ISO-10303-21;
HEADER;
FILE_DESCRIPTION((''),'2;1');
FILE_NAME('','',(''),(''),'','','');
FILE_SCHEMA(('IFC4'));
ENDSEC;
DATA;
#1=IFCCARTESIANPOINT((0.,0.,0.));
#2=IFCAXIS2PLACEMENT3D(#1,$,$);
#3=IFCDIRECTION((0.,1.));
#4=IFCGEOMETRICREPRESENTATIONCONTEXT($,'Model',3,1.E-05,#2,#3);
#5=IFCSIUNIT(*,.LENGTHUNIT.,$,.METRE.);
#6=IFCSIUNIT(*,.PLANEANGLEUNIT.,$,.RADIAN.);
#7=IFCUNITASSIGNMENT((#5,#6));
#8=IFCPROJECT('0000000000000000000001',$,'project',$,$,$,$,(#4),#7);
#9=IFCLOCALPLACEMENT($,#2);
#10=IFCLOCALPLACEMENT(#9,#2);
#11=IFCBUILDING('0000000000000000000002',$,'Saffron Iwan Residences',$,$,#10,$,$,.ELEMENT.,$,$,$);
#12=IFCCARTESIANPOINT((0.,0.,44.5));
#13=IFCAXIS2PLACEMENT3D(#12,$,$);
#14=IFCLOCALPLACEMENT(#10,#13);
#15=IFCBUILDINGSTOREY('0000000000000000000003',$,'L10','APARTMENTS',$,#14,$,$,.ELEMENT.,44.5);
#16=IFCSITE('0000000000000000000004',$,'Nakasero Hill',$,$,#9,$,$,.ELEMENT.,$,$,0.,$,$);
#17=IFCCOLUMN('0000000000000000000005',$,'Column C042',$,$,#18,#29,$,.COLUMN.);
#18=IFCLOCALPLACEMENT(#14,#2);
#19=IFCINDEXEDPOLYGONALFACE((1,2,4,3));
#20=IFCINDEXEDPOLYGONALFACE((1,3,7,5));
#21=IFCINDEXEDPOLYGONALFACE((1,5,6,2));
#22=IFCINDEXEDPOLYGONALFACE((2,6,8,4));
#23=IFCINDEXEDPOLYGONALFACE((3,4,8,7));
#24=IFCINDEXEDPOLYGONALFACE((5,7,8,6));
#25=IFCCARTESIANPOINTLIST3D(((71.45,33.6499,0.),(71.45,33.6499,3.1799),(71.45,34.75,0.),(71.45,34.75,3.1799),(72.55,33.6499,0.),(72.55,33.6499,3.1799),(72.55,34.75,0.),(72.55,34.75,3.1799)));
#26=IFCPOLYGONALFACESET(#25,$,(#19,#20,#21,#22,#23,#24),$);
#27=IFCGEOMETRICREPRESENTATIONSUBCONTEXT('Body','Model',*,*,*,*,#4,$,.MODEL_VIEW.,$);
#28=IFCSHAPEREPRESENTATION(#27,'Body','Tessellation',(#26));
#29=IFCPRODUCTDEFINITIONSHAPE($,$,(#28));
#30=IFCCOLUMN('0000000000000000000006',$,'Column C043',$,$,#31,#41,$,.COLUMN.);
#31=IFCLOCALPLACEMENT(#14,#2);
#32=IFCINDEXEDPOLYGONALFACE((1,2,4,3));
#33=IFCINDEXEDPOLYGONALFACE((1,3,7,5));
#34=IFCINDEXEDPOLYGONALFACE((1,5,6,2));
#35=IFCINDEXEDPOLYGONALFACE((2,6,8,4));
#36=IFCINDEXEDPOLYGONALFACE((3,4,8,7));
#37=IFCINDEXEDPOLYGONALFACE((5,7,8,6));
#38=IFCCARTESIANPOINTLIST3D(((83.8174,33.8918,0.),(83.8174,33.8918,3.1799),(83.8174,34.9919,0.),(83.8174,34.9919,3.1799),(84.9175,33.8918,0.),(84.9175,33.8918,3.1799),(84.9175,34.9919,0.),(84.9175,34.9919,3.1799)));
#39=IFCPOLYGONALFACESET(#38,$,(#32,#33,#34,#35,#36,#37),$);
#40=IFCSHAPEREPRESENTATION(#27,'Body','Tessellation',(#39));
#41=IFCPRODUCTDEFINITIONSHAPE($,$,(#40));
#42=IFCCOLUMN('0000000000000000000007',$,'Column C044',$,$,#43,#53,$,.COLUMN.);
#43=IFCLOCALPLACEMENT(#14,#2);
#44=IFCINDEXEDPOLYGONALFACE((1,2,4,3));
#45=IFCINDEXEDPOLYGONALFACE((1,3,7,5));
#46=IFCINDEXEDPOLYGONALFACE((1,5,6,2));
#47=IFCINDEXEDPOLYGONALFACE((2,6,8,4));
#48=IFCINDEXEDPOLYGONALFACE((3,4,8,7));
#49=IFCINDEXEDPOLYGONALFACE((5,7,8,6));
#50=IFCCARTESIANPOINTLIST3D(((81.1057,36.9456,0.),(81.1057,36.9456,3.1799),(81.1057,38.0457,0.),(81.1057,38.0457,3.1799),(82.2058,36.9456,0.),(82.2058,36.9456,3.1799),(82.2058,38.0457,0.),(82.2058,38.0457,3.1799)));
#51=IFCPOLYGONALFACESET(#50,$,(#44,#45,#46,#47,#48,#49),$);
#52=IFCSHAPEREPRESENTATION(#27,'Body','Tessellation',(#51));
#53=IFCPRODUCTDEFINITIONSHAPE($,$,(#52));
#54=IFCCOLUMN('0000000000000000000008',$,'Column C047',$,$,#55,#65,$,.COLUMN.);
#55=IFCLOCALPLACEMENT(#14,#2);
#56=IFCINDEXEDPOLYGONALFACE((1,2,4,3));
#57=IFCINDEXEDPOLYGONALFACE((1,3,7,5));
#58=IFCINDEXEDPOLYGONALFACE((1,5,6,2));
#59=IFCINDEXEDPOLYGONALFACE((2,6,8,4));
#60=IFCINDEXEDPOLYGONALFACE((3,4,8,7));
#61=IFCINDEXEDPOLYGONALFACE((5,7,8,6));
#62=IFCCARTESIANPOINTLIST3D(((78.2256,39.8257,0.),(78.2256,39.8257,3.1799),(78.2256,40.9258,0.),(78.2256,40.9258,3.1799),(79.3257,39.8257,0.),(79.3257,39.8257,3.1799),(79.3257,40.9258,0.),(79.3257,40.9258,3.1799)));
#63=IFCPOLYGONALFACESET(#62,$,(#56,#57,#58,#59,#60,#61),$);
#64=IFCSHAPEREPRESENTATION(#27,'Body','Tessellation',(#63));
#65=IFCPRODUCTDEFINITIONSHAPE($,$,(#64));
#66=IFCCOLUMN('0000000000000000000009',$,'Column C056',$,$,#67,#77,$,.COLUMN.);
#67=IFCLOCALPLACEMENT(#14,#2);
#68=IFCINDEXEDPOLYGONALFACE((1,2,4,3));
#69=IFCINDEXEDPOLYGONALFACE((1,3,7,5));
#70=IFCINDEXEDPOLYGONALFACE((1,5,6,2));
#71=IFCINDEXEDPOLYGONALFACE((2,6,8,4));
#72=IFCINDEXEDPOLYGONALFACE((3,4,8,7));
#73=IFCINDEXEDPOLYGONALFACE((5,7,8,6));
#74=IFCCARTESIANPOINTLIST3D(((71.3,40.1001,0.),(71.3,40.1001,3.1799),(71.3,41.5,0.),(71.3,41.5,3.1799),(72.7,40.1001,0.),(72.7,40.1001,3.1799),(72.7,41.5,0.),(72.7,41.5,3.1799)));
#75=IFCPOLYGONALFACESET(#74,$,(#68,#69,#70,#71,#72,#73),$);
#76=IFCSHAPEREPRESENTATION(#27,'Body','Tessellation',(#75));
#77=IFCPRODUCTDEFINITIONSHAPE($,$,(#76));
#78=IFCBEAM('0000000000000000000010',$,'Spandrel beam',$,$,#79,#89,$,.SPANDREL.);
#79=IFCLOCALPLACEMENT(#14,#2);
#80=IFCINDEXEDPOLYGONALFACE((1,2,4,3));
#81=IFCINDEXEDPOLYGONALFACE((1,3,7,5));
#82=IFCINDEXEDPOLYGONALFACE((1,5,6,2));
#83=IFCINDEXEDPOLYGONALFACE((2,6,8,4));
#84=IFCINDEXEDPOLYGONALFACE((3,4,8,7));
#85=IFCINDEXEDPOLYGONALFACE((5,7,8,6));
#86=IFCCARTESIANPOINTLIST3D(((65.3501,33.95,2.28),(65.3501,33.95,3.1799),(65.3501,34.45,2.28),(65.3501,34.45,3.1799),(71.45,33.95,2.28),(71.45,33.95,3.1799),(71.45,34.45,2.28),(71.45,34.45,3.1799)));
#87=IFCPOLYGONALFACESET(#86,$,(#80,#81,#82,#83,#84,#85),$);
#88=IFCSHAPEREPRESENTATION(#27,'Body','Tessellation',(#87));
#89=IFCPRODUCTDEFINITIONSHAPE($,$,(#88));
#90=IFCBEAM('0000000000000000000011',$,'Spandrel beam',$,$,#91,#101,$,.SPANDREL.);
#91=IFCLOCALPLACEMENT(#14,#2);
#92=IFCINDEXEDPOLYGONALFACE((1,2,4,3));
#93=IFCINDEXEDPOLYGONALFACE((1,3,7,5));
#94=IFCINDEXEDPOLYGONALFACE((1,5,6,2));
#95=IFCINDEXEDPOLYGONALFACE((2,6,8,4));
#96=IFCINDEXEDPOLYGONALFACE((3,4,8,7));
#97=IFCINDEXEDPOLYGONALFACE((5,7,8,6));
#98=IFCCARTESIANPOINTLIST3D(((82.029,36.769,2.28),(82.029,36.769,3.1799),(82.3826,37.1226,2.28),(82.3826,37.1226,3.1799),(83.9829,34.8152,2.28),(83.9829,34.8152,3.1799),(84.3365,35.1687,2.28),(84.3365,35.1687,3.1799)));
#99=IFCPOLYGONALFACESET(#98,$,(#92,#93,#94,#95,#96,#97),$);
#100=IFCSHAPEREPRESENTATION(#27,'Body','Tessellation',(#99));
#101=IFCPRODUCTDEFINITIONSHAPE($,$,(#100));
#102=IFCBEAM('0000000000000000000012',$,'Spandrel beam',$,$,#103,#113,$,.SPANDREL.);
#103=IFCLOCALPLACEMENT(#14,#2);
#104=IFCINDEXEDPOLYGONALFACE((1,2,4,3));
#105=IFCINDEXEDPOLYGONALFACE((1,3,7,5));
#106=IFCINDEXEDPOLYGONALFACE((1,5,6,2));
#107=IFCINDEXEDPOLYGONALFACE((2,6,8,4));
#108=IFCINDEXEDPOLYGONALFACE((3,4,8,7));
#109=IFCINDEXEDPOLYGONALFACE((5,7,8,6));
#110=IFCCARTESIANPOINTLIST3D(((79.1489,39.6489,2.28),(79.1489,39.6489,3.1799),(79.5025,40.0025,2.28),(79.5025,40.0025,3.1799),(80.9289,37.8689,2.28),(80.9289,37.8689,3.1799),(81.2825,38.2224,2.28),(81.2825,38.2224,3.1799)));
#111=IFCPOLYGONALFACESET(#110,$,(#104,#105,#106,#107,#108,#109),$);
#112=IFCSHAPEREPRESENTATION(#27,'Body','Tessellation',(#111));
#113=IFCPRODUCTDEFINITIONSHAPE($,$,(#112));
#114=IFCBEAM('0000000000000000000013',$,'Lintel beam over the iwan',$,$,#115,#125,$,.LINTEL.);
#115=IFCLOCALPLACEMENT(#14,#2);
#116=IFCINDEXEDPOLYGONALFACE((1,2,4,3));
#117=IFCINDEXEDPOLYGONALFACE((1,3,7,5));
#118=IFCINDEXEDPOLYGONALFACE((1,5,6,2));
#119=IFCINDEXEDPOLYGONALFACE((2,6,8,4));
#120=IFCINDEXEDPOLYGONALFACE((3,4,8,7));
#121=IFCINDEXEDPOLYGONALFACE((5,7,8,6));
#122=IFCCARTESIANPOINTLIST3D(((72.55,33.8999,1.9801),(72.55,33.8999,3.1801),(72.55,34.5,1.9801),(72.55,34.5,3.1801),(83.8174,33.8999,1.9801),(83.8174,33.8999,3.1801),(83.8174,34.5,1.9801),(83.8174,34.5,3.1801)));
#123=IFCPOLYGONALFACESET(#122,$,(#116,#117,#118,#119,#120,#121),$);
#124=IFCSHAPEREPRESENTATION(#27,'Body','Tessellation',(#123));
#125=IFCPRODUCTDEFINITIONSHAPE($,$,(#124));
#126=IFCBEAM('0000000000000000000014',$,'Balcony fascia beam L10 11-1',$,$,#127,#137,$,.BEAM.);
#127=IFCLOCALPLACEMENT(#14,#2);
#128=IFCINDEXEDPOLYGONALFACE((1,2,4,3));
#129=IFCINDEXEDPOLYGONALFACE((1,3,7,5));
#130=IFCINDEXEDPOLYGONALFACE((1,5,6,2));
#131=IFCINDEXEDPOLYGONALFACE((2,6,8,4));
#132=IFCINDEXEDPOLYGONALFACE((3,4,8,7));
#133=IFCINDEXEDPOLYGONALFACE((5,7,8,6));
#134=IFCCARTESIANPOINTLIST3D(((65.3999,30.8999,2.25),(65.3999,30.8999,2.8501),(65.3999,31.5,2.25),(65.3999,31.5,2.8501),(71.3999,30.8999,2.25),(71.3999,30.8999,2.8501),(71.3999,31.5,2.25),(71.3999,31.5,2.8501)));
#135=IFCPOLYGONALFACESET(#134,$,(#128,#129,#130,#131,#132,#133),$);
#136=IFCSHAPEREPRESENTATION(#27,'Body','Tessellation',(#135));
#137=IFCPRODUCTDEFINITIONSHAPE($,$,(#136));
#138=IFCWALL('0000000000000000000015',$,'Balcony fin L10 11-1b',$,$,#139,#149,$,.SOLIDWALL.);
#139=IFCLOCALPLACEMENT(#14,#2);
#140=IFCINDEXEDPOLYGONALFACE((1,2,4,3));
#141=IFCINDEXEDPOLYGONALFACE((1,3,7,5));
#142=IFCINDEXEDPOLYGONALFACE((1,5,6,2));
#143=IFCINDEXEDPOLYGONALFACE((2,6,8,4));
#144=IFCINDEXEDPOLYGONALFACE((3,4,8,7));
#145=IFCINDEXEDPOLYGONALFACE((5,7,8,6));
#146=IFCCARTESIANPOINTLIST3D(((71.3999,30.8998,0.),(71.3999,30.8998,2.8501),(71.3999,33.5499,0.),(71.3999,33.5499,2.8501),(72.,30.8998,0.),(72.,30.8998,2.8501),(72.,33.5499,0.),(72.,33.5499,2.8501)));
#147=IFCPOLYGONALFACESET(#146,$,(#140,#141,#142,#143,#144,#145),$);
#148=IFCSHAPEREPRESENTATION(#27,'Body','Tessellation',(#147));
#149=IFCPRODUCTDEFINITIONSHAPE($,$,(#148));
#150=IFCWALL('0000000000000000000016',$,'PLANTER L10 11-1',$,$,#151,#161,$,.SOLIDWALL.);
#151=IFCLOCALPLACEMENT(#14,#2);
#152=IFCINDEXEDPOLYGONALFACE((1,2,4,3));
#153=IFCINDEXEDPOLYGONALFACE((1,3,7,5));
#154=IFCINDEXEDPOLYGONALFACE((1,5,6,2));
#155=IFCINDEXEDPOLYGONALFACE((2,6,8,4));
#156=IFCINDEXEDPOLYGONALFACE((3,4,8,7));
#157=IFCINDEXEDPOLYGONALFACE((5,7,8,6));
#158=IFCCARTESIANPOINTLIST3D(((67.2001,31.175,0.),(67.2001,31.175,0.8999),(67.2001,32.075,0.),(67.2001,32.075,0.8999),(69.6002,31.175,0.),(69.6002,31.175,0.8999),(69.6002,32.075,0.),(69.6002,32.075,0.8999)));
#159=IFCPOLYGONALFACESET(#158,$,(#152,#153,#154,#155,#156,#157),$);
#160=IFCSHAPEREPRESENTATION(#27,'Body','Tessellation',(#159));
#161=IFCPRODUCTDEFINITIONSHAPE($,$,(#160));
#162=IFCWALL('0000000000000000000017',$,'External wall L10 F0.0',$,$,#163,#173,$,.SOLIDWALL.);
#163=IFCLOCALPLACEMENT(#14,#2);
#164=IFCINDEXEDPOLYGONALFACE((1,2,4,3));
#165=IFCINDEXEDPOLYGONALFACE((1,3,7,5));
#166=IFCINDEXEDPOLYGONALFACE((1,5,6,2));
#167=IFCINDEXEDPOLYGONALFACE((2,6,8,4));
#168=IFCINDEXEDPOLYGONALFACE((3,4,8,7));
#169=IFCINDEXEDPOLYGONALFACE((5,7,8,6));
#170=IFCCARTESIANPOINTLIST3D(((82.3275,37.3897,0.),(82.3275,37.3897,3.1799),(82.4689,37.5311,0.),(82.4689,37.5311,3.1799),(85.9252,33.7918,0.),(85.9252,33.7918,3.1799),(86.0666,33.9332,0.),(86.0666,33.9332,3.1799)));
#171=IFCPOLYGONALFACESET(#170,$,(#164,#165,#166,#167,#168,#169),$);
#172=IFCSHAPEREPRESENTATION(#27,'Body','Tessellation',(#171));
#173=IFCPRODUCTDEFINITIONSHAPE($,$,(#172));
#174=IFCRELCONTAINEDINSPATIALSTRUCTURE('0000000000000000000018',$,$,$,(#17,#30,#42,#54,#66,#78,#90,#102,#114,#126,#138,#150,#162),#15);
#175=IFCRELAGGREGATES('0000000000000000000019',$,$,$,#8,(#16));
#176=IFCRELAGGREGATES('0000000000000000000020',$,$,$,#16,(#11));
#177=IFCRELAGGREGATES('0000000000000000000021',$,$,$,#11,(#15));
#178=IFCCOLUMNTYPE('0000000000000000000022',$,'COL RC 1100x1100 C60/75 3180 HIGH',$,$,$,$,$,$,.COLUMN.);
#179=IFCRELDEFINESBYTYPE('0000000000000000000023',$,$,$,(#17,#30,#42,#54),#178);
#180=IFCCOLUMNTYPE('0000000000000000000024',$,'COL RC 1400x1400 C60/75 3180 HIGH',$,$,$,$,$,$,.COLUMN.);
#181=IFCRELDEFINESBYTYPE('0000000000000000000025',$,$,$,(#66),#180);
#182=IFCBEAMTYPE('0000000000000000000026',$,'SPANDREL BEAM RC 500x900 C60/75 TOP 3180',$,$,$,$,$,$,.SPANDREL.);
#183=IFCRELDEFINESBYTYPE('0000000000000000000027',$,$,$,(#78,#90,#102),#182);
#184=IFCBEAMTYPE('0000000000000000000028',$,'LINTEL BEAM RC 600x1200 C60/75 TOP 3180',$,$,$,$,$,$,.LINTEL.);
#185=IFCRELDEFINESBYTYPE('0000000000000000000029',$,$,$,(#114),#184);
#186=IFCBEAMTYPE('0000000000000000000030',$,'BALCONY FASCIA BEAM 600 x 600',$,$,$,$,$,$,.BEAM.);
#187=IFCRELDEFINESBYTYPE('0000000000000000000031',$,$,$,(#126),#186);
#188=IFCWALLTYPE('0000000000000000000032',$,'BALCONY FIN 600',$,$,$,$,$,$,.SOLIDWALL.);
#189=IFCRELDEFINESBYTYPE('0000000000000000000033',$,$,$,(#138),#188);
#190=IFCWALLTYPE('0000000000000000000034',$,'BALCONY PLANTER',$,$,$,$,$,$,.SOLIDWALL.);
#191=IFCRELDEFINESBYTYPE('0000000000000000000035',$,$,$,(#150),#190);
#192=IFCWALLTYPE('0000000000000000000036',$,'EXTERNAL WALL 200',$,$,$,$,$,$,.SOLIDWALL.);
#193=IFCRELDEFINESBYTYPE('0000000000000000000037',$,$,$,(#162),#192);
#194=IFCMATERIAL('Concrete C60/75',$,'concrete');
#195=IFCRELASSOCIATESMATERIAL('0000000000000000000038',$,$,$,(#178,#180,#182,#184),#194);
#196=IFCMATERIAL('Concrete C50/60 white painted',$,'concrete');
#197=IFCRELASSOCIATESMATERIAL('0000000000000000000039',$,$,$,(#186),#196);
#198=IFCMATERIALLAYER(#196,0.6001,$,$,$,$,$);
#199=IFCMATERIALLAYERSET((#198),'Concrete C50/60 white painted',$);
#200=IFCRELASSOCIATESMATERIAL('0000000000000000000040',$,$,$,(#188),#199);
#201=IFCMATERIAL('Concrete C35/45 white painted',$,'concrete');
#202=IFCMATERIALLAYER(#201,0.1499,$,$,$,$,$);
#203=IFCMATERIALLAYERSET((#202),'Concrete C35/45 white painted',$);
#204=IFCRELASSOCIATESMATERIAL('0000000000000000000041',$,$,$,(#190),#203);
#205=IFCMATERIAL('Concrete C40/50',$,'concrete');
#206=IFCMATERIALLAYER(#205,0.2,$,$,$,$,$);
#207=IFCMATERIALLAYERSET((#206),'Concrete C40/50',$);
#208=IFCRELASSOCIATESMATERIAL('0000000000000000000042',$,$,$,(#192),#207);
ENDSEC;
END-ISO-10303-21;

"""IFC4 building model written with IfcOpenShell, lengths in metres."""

from ifc_helpers import new_model, si_unit, direction, frame, frame_2d, origin, origin_2d, place, context, subcontext, project, spatial, rectangle, extrude, source, transform, mapped, material, layer, layer_set, material_profile, profile_set, type_object, element, save


model = new_model("IFC4")

# Units and contexts
model_context = context("Model", 3, precision=1e-05, world=origin(), true_north=direction((0.0, 1.0)))
body_context = subcontext(model_context, "Body", "Model", "MODEL_VIEW")
ifc_project = project(units=[si_unit("LENGTHUNIT", "METRE"), si_unit("PLANEANGLEUNIT", "RADIAN")], contexts=[model_context])

# Site, building, storey
site_placement = place(None, origin())
site = spatial("IfcSite", under=ifc_project, at=site_placement, Name="Nakasero Hill", CompositionType="ELEMENT", RefElevation=0.0)
building_placement = place(site_placement, origin())
building = spatial("IfcBuilding", under=site, at=building_placement, Name="Saffron Iwan Residences", CompositionType="ELEMENT")
storey_placement = place(building_placement, frame((0.0, 0.0, 44.5)))
storey = spatial("IfcBuildingStorey", under=building, at=storey_placement, Name="L10", Description="APARTMENTS", CompositionType="ELEMENT", Elevation=44.5)

# Columns
ifc_material_1 = material(Name="Concrete C60/75", Category="concrete")
ifc_material_profile_1 = material_profile(ifc_material_1, rectangle(XDim=1.1001, YDim=1.1001, at=origin_2d()), Name="RC 1100x1100")
ifc_profile_set_1 = profile_set([ifc_material_profile_1], Name="Concrete C60/75")
column_type_1 = type_object("IfcColumnType", Name="COL RC 1100x1100 C60/75 3180 HIGH", PredefinedType="COLUMN", material=ifc_profile_set_1)
shared_shape_1 = source(origin(), body_context, "Body", "SweptSolid", [
    extrude(rectangle(XDim=1.1001, YDim=1.1001, at=origin_2d()), origin(), (0.0, 0.0, 1.0), 3.1799),
])
for number, where, z_axis, x_axis, name in (
    (1, (72.0, 34.2, 0.0), (0.0, 0.0, 1.0), (1.0, 0.0, 0.0), "Column C042"),
    (2, (84.3674, 34.4419, 0.0), (0.0, 0.0, 1.0), (1.0, 0.0, 0.0), "Column C043"),
    (3, (81.6558, 37.4956, 0.0), (0.0, 0.0, 1.0), (1.0, 0.0, 0.0), "Column C044"),
    (4, (78.7756, 40.3757, 0.0), (0.0, 0.0, 1.0), (1.0, 0.0, 0.0), "Column C047"),
):
    element("IfcColumn", number, at=place(storey_placement, frame(where, z_axis=z_axis, x_axis=x_axis)), inside=storey, type_object=column_type_1, Name=name, PredefinedType="COLUMN", context=body_context, shape_type="MappedRepresentation", body=[
        mapped(shared_shape_1, transform((0.0, 0.0, 0.0))),
    ])
ifc_material_profile_2 = material_profile(ifc_material_1, rectangle(XDim=1.3999, YDim=1.3999, at=origin_2d()), Name="RC 1400x1400")
ifc_profile_set_2 = profile_set([ifc_material_profile_2], Name="Concrete C60/75")
column_type_2 = type_object("IfcColumnType", Name="COL RC 1400x1400 C60/75 3180 HIGH", PredefinedType="COLUMN", material=ifc_profile_set_2)
shared_shape_2 = source(origin(), body_context, "Body", "SweptSolid", [
    extrude(rectangle(XDim=1.3999, YDim=1.3999, at=origin_2d()), origin(), (0.0, 0.0, 1.0), 3.1799),
])
column_placement = place(storey_placement, frame((72.0, 40.8, 0.0), z_axis=(0.0, 0.0, 1.0), x_axis=(1.0, 0.0, 0.0)))
element("IfcColumn", 5, at=column_placement, inside=storey, type_object=column_type_2, Name="Column C056", PredefinedType="COLUMN", context=body_context, shape_type="MappedRepresentation", body=[
    mapped(shared_shape_2, transform((0.0, 0.0, 0.0))),
])

# Beams
ifc_material_profile_3 = material_profile(ifc_material_1, rectangle(XDim=0.5, YDim=0.8999, at=origin_2d()), Name="RC 500x900")
ifc_profile_set_3 = profile_set([ifc_material_profile_3], Name="Concrete C60/75")
beam_type_1 = type_object("IfcBeamType", Name="SPANDREL BEAM RC 500x900 C60/75 TOP 3180", PredefinedType="SPANDREL", material=ifc_profile_set_3)
shared_shape_3 = source(origin(), body_context, "Body", "SweptSolid", [
    extrude(rectangle(XDim=0.5, YDim=0.8999, at=origin_2d()), origin(), (0.0, 0.0, 1.0), 6.0999),
])
beam_1_placement = place(storey_placement, frame((71.45, 34.2, 2.73), z_axis=(-1.0, 0.0, 0.0), x_axis=(0.0, -1.0, 0.0)))
element("IfcBeam", 6, at=beam_1_placement, inside=storey, type_object=beam_type_1, Name="Spandrel beam", PredefinedType="SPANDREL", context=body_context, shape_type="MappedRepresentation", body=[
    mapped(shared_shape_3, transform((0.0, 0.0, 0.0))),
])
shared_shape_4 = source(origin(), body_context, "Body", "SweptSolid", [
    extrude(rectangle(XDim=0.5, YDim=0.8999, at=origin_2d()), origin(), (0.0, 0.0, 1.0), 2.7632),
])
beam_2_placement = place(storey_placement, frame((82.2058, 36.9458, 2.73), z_axis=(0.707107, -0.707107, 0.0), x_axis=(0.707107, 0.707107, 0.0)))
element("IfcBeam", 7, at=beam_2_placement, inside=storey, type_object=beam_type_1, Name="Spandrel beam", PredefinedType="SPANDREL", context=body_context, shape_type="MappedRepresentation", body=[
    mapped(shared_shape_4, transform((0.0, 0.0, 0.0))),
])
shared_shape_5 = source(origin(), body_context, "Body", "SweptSolid", [
    extrude(rectangle(XDim=0.5, YDim=0.8999, at=origin_2d()), origin(), (0.0, 0.0, 1.0), 2.5173),
])
beam_3_placement = place(storey_placement, frame((79.3257, 39.8257, 2.73), z_axis=(0.707107, -0.707107, 0.0), x_axis=(0.707107, 0.707107, 0.0)))
element("IfcBeam", 8, at=beam_3_placement, inside=storey, type_object=beam_type_1, Name="Spandrel beam", PredefinedType="SPANDREL", context=body_context, shape_type="MappedRepresentation", body=[
    mapped(shared_shape_5, transform((0.0, 0.0, 0.0))),
])
ifc_material_profile_4 = material_profile(ifc_material_1, rectangle(XDim=0.6001, YDim=1.2, at=origin_2d()), Name="RC 600x1200")
ifc_profile_set_4 = profile_set([ifc_material_profile_4], Name="Concrete C60/75")
beam_type_2 = type_object("IfcBeamType", Name="LINTEL BEAM RC 600x1200 C60/75 TOP 3180", PredefinedType="LINTEL", material=ifc_profile_set_4)
shared_shape_6 = source(origin(), body_context, "Body", "SweptSolid", [
    extrude(rectangle(XDim=0.6001, YDim=1.2, at=origin_2d()), origin(), (0.0, 0.0, 1.0), 11.2673),
])
beam_4_placement = place(storey_placement, frame((83.8174, 34.2, 2.5801), z_axis=(-1.0, 0.0, 0.0), x_axis=(0.0, -1.0, 0.0)))
element("IfcBeam", 9, at=beam_4_placement, inside=storey, type_object=beam_type_2, Name="Lintel beam over the iwan", PredefinedType="LINTEL", context=body_context, shape_type="MappedRepresentation", body=[
    mapped(shared_shape_6, transform((0.0, 0.0, 0.0))),
])
ifc_material_2 = material(Name="Concrete C50/60 white painted", Category="concrete")
ifc_material_profile_5 = material_profile(ifc_material_2, rectangle(XDim=0.6001, YDim=0.6001, at=origin_2d()), Name="BALCONY FASCIA BEAM 600 x 600")
ifc_profile_set_5 = profile_set([ifc_material_profile_5], Name="Concrete C50/60 white painted")
beam_type_3 = type_object("IfcBeamType", Name="BALCONY FASCIA BEAM 600 x 600", PredefinedType="BEAM", material=ifc_profile_set_5)
shared_shape_7 = source(origin(), body_context, "Body", "SweptSolid", [
    extrude(rectangle(XDim=0.6001, YDim=0.6001, at=origin_2d()), origin(), (0.0, 0.0, 1.0), 6.0),
])
beam_5_placement = place(storey_placement, frame((65.3999, 31.2, 2.55), z_axis=(1.0, 0.0, 0.0), x_axis=(0.0, 1.0, 0.0)))
element("IfcBeam", 10, at=beam_5_placement, inside=storey, type_object=beam_type_3, Name="Balcony fascia beam L10 11-1", PredefinedType="BEAM", context=body_context, shape_type="MappedRepresentation", body=[
    mapped(shared_shape_7, transform((0.0, 0.0, 0.0))),
])

# Walls
ifc_layer_1 = layer(ifc_material_2, 0.6001)
ifc_layer_set_1 = layer_set([ifc_layer_1], Name="Concrete C50/60 white painted")
wall_type_1 = type_object("IfcWallType", Name="BALCONY FIN 600", PredefinedType="SOLIDWALL", material=ifc_layer_set_1)
wall_1_placement = place(storey_placement, frame((71.7, 33.55, 0.0), z_axis=(0.0, 0.0, 1.0), x_axis=(0.0, -1.0, 0.0)))
element("IfcWall", 11, at=wall_1_placement, inside=storey, type_object=wall_type_1, Name="Balcony fin L10 11-1b", PredefinedType="SOLIDWALL", context=body_context, shape_type="SweptSolid", body=[
    extrude(rectangle(XDim=2.6501, YDim=0.6001, at=frame_2d((1.3252, 0.0))), origin(), (0.0, 0.0, 1.0), 2.8501),
])
ifc_material_3 = material(Name="Concrete C35/45 white painted", Category="concrete")
ifc_layer_2 = layer(ifc_material_3, 0.1499)
ifc_layer_set_2 = layer_set([ifc_layer_2], Name="Concrete C35/45 white painted")
wall_type_2 = type_object("IfcWallType", Name="BALCONY PLANTER", PredefinedType="SOLIDWALL", material=ifc_layer_set_2)
wall_2_placement = place(storey_placement, frame((67.2, 31.625, 0.0), z_axis=(0.0, 0.0, 1.0), x_axis=(1.0, 0.0, 0.0)))
element("IfcWall", 12, at=wall_2_placement, inside=storey, type_object=wall_type_2, Name="PLANTER L10 11-1", PredefinedType="SOLIDWALL", context=body_context, shape_type="SweptSolid", body=[
    extrude(rectangle(XDim=2.4001, YDim=0.8999, at=frame_2d((1.2002, 0.0))), origin(), (0.0, 0.0, 1.0), 0.8999),
])
ifc_material_4 = material(Name="Concrete C40/50", Category="concrete")
ifc_layer_3 = layer(ifc_material_4, 0.2)
ifc_layer_set_3 = layer_set([ifc_layer_3], Name="Concrete C40/50")
wall_type_3 = type_object("IfcWallType", Name="EXTERNAL WALL 200", PredefinedType="SOLIDWALL", material=ifc_layer_set_3)
wall_3_placement = place(storey_placement, frame((85.9958, 33.8625, 0.0), z_axis=(0.0, 0.0, 1.0), x_axis=(-0.707083, 0.707131, 0.0)))
element("IfcWall", 13, at=wall_3_placement, inside=storey, type_object=wall_type_3, Name="External wall L10 F0.0", PredefinedType="SOLIDWALL", context=body_context, shape_type="SweptSolid", body=[
    extrude(rectangle(XDim=5.0881, YDim=0.2, at=frame_2d((2.5439, 0.0))), origin(), (0.0, 0.0, 1.0), 3.1799),
])

save(model, "model.ifc")
